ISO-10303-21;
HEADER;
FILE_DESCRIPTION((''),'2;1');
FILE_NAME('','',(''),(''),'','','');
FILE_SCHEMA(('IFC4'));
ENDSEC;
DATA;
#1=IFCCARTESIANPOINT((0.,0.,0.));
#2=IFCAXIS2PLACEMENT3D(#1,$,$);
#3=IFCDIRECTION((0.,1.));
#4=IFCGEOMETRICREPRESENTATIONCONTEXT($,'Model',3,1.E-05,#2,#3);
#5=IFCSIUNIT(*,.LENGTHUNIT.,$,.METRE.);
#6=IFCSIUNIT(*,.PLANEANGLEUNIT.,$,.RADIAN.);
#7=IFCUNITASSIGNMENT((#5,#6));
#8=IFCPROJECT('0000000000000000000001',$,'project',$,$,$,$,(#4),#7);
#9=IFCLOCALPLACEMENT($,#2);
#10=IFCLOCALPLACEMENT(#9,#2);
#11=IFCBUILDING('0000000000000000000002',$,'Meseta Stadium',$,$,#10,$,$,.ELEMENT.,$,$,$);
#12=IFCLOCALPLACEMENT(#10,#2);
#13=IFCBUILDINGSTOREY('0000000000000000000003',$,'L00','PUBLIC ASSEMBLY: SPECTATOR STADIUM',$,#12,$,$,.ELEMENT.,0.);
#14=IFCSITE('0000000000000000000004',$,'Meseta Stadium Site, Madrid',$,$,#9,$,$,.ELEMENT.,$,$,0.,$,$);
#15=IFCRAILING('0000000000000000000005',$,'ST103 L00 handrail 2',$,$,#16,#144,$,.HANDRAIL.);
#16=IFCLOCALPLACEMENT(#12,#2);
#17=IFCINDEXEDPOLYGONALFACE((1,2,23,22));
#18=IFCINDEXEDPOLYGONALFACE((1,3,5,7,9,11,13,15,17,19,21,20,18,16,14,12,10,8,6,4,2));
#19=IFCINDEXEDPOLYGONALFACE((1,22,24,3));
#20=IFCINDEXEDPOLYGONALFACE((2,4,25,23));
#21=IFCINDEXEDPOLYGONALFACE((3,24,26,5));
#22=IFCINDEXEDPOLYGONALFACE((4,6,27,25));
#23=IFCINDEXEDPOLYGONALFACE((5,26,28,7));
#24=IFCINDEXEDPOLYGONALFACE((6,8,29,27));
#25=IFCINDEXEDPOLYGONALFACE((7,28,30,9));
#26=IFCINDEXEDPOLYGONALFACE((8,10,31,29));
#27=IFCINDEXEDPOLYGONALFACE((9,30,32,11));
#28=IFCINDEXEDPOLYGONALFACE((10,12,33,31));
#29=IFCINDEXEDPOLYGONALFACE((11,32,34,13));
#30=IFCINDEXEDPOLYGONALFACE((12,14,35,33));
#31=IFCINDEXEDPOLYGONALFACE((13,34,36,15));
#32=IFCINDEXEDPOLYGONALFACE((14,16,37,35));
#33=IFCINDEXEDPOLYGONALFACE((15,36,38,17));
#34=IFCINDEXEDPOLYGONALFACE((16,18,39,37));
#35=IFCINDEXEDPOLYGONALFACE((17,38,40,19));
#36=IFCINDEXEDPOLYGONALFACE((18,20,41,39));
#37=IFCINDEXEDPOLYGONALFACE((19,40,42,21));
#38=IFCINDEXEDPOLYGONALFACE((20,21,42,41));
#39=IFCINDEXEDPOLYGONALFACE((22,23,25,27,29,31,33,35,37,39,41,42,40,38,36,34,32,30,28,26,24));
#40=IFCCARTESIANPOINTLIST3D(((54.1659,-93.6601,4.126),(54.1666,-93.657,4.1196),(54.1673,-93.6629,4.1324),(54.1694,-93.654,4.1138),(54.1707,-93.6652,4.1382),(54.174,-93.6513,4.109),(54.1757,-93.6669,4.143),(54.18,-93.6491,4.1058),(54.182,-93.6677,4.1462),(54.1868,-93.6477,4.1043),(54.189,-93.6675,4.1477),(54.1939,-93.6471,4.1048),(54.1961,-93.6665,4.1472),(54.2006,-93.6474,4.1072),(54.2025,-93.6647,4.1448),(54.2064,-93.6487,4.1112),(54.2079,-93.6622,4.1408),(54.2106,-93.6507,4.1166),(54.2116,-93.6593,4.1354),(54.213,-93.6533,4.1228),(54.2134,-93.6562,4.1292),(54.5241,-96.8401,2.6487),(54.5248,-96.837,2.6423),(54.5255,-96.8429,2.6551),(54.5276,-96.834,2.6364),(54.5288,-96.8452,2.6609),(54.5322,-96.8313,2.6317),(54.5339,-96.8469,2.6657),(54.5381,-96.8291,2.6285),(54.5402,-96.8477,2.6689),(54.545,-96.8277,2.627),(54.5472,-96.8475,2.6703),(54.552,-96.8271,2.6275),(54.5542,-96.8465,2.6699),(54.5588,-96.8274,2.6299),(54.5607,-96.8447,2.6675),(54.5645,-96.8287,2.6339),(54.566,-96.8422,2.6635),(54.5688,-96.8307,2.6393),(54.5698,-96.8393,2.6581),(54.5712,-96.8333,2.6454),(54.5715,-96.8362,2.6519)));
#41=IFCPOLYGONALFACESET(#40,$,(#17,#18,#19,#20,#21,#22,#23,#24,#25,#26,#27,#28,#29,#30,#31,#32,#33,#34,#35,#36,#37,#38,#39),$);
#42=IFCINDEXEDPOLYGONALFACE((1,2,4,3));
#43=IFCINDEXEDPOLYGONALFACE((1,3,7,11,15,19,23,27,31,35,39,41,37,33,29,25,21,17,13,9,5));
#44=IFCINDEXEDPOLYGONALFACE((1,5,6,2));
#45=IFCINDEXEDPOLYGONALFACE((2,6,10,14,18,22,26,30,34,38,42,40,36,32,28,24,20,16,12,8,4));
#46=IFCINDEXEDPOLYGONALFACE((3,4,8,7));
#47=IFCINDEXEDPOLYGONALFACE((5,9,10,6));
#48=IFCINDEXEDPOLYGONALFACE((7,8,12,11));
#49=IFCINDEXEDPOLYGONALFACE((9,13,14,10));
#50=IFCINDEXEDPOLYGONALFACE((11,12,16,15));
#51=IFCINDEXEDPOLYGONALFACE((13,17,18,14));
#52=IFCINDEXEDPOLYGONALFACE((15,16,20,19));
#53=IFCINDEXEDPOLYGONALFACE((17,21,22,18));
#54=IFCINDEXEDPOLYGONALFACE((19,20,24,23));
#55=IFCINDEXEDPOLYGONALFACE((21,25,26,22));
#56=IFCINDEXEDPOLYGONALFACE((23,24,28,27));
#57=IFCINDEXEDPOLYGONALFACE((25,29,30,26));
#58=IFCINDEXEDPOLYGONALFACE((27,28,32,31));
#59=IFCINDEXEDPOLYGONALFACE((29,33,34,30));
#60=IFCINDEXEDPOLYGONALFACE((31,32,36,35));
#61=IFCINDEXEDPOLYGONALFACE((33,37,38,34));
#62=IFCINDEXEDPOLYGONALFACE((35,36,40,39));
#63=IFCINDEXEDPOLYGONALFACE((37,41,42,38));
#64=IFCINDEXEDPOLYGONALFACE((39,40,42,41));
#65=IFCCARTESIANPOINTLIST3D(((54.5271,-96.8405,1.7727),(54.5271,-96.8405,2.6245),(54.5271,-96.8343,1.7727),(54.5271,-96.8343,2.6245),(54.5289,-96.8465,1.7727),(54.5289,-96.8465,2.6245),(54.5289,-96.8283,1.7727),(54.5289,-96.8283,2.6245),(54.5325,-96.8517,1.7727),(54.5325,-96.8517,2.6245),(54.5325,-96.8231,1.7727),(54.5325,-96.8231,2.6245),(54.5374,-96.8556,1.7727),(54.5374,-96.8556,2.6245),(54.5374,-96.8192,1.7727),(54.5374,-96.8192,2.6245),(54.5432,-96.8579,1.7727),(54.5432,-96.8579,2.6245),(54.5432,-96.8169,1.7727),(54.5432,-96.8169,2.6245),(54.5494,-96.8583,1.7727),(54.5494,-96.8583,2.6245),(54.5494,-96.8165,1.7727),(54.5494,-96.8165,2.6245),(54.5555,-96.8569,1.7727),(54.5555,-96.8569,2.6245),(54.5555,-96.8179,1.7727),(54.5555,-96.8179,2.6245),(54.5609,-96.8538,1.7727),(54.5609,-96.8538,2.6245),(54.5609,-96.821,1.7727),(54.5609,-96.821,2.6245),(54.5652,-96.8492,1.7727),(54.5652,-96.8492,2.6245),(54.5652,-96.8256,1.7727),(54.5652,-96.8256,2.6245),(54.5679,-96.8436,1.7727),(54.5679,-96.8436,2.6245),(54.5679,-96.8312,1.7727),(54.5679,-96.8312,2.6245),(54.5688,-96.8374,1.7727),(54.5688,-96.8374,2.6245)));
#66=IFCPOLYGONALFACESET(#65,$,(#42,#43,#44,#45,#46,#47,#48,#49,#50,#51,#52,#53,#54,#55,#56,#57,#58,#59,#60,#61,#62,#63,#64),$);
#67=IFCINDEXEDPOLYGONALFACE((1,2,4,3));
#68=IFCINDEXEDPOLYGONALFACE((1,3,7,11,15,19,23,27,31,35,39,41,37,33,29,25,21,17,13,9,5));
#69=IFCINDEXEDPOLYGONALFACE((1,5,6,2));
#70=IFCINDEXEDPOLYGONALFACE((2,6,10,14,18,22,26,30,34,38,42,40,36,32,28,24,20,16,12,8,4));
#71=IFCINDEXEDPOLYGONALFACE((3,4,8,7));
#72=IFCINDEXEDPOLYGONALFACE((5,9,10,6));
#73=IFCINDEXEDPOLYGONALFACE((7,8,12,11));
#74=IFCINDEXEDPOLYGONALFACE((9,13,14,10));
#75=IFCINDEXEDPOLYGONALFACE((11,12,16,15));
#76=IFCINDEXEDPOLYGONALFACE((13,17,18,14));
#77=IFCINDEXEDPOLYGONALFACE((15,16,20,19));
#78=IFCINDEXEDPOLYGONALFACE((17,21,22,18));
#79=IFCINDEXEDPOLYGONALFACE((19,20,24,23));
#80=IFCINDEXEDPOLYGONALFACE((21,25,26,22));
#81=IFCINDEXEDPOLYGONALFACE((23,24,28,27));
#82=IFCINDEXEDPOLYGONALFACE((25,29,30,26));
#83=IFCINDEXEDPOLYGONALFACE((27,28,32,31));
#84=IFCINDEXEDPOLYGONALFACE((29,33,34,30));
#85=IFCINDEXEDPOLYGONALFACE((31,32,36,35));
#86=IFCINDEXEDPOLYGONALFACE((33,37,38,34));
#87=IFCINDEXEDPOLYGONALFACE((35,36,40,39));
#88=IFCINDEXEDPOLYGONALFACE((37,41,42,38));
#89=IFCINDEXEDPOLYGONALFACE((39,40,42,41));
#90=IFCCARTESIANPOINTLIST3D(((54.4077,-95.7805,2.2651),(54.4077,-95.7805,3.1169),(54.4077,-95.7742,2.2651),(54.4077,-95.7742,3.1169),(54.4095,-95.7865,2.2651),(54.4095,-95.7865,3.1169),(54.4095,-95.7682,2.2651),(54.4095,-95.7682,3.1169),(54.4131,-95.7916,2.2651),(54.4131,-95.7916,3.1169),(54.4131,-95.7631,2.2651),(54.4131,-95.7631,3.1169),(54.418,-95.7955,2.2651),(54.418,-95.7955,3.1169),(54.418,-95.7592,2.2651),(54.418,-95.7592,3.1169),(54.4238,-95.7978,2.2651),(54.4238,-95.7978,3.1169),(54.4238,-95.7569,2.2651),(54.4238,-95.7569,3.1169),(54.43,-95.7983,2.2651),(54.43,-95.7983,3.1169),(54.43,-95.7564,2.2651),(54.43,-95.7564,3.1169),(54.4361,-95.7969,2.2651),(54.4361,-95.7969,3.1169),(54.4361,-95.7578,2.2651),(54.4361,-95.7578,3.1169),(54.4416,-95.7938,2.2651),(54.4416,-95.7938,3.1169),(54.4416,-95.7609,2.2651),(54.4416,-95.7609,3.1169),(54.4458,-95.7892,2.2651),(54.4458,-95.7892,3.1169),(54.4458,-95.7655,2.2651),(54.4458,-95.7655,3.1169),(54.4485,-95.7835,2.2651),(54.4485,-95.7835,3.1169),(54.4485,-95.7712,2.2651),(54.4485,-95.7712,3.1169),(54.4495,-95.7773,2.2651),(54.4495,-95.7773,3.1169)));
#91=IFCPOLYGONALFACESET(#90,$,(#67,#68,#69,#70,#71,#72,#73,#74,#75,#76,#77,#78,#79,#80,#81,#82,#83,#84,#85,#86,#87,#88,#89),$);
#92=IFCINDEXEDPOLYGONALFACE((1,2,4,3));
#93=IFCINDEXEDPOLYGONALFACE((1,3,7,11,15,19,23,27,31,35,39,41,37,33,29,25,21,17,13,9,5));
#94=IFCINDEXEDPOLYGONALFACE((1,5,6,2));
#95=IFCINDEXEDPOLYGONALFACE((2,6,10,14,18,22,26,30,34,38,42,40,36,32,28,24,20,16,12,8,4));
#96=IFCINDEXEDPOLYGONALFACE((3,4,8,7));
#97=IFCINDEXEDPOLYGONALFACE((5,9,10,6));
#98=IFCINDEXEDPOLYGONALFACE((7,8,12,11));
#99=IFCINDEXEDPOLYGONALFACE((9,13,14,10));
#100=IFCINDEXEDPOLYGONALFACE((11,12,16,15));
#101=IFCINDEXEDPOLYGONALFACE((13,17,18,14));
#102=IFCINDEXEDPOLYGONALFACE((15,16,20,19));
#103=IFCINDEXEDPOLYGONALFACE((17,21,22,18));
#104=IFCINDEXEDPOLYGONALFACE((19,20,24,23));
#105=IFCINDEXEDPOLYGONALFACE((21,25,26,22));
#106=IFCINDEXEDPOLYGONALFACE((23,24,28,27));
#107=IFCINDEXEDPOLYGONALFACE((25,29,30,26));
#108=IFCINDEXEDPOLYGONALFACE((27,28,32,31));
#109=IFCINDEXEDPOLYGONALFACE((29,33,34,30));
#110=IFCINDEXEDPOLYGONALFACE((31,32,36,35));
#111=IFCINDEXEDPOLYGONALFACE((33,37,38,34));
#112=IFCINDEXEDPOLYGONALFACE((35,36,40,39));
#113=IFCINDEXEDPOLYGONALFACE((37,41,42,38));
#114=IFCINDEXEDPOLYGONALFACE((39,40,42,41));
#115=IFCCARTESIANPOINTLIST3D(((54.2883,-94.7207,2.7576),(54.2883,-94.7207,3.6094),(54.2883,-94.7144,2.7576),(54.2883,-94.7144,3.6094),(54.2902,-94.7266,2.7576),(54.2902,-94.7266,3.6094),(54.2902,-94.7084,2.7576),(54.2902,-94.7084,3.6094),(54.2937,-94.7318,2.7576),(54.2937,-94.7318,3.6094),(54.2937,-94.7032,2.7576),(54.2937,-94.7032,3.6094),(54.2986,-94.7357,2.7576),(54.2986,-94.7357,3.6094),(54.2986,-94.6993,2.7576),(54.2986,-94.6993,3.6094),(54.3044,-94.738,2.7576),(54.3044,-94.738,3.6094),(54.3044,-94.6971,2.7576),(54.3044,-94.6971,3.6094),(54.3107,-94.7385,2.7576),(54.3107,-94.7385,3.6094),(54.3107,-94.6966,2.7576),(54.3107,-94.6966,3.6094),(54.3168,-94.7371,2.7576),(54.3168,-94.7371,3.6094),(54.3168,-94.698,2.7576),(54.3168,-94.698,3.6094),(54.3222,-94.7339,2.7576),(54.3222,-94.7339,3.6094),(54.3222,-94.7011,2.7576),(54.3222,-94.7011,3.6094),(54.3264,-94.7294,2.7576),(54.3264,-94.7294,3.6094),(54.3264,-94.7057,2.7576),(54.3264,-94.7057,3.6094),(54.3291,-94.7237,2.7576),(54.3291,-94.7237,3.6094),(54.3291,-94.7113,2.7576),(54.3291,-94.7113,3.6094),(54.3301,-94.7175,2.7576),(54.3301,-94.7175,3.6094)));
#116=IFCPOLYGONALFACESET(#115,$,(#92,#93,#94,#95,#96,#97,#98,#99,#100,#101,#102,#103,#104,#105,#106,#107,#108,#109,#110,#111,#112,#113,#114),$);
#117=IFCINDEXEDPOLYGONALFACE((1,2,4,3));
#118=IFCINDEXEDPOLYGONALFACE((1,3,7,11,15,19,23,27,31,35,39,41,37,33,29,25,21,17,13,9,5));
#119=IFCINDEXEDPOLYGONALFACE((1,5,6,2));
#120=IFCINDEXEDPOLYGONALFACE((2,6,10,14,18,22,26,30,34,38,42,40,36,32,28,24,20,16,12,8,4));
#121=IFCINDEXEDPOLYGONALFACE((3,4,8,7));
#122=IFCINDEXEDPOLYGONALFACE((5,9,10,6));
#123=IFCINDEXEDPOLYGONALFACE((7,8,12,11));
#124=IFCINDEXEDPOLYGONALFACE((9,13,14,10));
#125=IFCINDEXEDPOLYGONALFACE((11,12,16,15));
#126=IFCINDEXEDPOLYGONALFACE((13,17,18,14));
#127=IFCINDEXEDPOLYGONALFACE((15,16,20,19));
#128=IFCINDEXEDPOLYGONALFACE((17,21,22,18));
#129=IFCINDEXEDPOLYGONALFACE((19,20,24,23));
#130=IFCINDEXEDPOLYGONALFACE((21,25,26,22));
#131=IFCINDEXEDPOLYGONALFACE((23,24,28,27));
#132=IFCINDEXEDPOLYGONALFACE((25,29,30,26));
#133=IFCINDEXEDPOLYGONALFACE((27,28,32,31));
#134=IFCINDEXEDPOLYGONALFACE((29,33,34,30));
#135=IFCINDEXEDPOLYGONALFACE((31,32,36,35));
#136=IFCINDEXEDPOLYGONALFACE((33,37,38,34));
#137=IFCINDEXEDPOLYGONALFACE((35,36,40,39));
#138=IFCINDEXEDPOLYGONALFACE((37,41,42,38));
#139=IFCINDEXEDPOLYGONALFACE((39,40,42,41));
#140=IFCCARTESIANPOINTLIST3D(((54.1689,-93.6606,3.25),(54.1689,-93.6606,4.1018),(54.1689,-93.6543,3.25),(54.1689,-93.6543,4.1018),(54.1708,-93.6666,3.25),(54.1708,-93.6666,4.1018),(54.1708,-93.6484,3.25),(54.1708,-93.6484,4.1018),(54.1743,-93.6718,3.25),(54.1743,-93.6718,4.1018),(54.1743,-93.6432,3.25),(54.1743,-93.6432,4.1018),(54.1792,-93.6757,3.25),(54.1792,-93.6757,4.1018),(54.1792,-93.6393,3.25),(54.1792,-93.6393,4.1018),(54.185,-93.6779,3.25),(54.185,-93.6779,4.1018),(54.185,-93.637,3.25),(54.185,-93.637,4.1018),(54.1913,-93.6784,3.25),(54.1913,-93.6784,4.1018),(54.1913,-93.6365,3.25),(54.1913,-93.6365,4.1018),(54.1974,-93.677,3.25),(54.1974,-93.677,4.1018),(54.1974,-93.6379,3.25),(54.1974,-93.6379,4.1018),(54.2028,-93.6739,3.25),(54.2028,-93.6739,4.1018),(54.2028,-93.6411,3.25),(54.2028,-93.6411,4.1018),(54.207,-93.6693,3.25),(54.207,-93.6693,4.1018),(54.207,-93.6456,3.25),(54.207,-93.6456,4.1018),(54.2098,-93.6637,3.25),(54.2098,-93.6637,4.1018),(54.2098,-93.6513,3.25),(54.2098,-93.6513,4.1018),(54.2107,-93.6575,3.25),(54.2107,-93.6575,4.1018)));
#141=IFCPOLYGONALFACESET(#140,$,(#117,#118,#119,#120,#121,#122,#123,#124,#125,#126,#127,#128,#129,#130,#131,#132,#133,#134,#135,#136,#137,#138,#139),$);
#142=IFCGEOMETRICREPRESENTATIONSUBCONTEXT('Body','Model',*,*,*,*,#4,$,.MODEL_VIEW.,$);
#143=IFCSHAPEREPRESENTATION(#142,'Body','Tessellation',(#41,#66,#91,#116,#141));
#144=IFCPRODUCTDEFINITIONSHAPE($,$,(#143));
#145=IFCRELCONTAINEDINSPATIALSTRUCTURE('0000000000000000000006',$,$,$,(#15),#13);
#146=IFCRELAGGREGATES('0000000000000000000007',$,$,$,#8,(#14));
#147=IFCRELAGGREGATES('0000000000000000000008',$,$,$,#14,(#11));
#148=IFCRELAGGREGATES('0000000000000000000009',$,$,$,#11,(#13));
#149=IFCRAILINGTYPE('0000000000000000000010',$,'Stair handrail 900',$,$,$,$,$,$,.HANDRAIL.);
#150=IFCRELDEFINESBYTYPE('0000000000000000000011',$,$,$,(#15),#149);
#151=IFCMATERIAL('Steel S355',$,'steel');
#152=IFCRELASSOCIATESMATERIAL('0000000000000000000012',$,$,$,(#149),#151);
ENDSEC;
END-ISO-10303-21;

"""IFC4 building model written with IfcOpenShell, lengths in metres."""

from ifc_helpers import new_model, si_unit, direction, frame, origin, origin_2d, place, context, subcontext, project, spatial, circle, extrude, material, type_object, element, save


model = new_model("IFC4")

# Units and contexts
model_context = context("Model", 3, precision=1e-05, world=origin(), true_north=direction((0.0, 1.0)))
body_context = subcontext(model_context, "Body", "Model", "MODEL_VIEW")
ifc_project = project(units=[si_unit("LENGTHUNIT", "METRE"), si_unit("PLANEANGLEUNIT", "RADIAN")], contexts=[model_context])

# Site, building, storey
site_placement = place(None, origin())
site = spatial("IfcSite", under=ifc_project, at=site_placement, Name="Meseta Stadium Site, Madrid", CompositionType="ELEMENT", RefElevation=0.0)
building_placement = place(site_placement, origin())
building = spatial("IfcBuilding", under=site, at=building_placement, Name="Meseta Stadium", CompositionType="ELEMENT")
storey_placement = place(building_placement, origin())
storey = spatial("IfcBuildingStorey", under=building, at=storey_placement, Name="L00", Description="PUBLIC ASSEMBLY: SPECTATOR STADIUM", CompositionType="ELEMENT", Elevation=0.0)

# Railing
ifc_material_1 = material(Name="Steel S355", Category="steel")
railing_type_1 = type_object("IfcRailingType", Name="Stair handrail 900", PredefinedType="HANDRAIL", material=ifc_material_1)
for number, where, name in (
    (1, (54.5479, -96.8374, 1.7727), "ST103 L00 handrail 2"),
):
    element("IfcRailing", number, at=place(storey_placement, frame(where)), inside=storey, type_object=railing_type_1, Name=name, PredefinedType="HANDRAIL", context=body_context, shape_type="SweptSolid", body=[
        extrude(circle(Radius=0.0239, at=origin_2d()), frame((0.0, 0.0, 0.876), z_axis=(-0.101616, 0.902217, 0.419141), x_axis=(-0.993717, -0.111922, 0.0)), (0.0, 0.0, 1.0), 3.5247),
        extrude(circle(Radius=0.021, at=origin_2d()), origin(), (0.0, 0.0, 1.0), 0.8518),
        extrude(circle(Radius=0.021, at=origin_2d()), frame((-0.1194, 1.0601, 0.4924)), (0.0, 0.0, 1.0), 0.8518),
        extrude(circle(Radius=0.021, at=origin_2d()), frame((-0.2388, 2.1199, 0.9849)), (0.0, 0.0, 1.0), 0.8518),
        extrude(circle(Radius=0.021, at=origin_2d()), frame((-0.3582, 3.1799, 1.4773)), (0.0, 0.0, 1.0), 0.8518),
    ])

save(model, "model.ifc")
